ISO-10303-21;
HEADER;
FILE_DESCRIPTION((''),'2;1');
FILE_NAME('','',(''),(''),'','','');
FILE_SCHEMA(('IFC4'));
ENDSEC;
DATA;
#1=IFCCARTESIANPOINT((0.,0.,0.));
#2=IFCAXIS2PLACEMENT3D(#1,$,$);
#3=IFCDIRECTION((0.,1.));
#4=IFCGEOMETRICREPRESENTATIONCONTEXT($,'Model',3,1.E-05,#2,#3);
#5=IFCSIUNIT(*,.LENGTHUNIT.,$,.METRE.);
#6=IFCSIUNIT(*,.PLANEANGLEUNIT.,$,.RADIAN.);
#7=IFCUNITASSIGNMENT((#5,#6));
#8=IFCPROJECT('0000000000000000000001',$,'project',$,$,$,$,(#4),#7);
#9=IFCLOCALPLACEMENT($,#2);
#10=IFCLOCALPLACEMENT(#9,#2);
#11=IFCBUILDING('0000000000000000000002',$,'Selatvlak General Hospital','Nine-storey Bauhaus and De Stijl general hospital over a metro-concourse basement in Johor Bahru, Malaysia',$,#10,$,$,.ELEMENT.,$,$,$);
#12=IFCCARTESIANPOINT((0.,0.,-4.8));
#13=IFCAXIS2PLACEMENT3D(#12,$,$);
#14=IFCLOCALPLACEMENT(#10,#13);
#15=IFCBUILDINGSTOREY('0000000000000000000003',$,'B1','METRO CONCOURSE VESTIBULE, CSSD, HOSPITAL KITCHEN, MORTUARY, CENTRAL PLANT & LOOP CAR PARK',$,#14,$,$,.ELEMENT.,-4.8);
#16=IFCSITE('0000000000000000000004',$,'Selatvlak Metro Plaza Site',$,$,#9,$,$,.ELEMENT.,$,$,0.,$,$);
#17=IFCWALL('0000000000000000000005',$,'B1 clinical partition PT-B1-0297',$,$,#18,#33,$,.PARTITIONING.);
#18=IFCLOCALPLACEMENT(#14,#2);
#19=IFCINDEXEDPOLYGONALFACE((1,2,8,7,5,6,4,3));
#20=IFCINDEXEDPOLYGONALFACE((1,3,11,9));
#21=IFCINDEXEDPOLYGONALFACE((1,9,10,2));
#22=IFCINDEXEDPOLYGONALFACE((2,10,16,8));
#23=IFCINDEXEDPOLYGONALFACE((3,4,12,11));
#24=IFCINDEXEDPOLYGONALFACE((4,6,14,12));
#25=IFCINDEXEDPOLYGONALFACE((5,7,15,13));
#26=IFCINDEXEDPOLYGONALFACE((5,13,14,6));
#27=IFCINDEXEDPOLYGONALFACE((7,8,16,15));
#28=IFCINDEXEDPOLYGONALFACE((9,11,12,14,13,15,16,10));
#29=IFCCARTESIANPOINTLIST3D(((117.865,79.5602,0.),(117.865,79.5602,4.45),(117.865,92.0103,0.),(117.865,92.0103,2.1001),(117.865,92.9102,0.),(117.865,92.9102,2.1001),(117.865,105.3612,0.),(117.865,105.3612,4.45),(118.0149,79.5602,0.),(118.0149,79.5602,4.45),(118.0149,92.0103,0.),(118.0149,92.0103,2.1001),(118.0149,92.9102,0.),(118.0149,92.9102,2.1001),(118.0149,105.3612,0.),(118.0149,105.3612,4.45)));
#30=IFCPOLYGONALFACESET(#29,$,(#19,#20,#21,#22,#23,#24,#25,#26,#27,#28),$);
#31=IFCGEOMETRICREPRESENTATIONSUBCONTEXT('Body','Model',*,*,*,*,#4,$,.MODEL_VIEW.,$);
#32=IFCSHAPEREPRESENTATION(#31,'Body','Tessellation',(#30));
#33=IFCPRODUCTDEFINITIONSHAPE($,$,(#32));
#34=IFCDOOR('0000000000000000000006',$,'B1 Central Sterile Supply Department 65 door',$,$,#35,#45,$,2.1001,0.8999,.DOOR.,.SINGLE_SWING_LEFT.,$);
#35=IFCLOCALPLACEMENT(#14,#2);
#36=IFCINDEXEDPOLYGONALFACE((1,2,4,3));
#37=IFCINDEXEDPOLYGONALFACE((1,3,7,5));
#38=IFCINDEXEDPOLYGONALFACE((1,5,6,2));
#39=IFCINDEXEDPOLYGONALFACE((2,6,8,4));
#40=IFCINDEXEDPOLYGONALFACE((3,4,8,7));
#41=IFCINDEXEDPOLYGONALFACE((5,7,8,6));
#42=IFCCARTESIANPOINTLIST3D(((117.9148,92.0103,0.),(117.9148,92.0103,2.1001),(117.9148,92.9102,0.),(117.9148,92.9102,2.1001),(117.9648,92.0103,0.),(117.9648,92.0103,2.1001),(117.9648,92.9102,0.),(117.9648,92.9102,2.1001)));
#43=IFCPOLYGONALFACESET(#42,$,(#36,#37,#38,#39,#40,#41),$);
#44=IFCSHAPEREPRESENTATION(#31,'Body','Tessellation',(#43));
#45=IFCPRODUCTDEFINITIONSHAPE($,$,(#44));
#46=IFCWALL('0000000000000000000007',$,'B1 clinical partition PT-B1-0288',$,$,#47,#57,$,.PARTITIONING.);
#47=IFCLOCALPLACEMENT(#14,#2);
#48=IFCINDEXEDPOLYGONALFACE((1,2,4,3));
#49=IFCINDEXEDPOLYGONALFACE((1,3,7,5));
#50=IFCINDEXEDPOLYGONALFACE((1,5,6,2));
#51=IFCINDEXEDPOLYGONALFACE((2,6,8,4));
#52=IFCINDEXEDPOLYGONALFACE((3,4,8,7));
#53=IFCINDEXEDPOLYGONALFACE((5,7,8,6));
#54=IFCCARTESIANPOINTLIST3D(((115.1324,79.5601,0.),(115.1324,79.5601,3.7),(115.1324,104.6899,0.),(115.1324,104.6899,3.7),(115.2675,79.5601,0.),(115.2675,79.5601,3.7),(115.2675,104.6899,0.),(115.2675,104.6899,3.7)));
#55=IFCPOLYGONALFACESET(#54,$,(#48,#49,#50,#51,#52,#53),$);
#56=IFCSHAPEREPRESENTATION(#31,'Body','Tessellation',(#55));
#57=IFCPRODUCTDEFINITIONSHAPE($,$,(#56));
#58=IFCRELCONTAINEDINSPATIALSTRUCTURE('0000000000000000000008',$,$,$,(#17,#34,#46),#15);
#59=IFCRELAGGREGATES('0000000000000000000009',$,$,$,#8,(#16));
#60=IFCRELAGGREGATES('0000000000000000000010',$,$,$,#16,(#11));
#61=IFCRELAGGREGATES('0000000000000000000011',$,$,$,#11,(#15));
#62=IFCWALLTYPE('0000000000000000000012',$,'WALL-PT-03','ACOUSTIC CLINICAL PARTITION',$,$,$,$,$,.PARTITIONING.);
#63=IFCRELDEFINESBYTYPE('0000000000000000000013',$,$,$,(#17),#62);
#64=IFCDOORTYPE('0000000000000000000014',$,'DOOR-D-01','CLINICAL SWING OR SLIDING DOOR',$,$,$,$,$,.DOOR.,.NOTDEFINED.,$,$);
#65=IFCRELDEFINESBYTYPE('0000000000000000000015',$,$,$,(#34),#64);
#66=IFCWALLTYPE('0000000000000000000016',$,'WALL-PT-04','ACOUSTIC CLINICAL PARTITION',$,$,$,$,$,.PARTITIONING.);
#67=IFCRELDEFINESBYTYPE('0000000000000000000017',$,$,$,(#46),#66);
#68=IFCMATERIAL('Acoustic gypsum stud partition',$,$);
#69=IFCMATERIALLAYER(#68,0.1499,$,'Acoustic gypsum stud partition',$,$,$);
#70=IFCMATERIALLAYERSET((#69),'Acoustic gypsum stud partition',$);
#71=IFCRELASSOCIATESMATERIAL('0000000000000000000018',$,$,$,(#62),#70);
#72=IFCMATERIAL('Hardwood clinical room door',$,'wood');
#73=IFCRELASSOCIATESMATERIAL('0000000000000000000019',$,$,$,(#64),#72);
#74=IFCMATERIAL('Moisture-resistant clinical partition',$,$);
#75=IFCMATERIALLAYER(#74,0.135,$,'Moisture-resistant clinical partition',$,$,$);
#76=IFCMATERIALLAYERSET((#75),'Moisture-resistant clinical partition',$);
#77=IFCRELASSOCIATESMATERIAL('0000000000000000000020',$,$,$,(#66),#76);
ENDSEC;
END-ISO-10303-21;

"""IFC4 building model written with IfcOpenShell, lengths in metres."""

from ifc_helpers import new_model, si_unit, direction, frame, frame_2d, origin, place, context, subcontext, project, spatial, rectangle, extrude, material, layer, layer_set, type_object, element, fill, save


model = new_model("IFC4")

# Units and contexts
model_context = context("Model", 3, precision=1e-05, world=origin(), true_north=direction((0.0, 1.0)))
body_context = subcontext(model_context, "Body", "Model", "MODEL_VIEW")
ifc_project = project(units=[si_unit("LENGTHUNIT", "METRE"), si_unit("PLANEANGLEUNIT", "RADIAN")], contexts=[model_context])

# Site, building, storey
site_placement = place(None, origin())
site = spatial("IfcSite", under=ifc_project, at=site_placement, Name="Selatvlak Metro Plaza Site", CompositionType="ELEMENT", RefElevation=0.0)
building_placement = place(site_placement, origin())
building = spatial("IfcBuilding", under=site, at=building_placement, Name="Selatvlak General Hospital", Description="Nine-storey Bauhaus and De Stijl general hospital over a metro-concourse basement in Johor Bahru, Malaysia", CompositionType="ELEMENT")
storey_placement = place(building_placement, frame((0.0, 0.0, -4.8)))
storey = spatial("IfcBuildingStorey", under=building, at=storey_placement, Name="B1", Description="METRO CONCOURSE VESTIBULE, CSSD, HOSPITAL KITCHEN, MORTUARY, CENTRAL PLANT & LOOP CAR PARK", CompositionType="ELEMENT", Elevation=-4.8)

# Shared definitions
ifc_material_1 = material(Name="Acoustic gypsum stud partition")

# Wall, opening, door
ifc_layer_1 = layer(ifc_material_1, 0.1499, Name="Acoustic gypsum stud partition")
ifc_layer_set_1 = layer_set([ifc_layer_1], Name="Acoustic gypsum stud partition")
wall_type_1 = type_object("IfcWallType", Name="WALL-PT-03", Description="ACOUSTIC CLINICAL PARTITION", PredefinedType="PARTITIONING", material=ifc_layer_set_1)
wall_1_placement = place(storey_placement, frame((117.9399, 105.3611, 0.0), z_axis=(0.0, 0.0, 1.0), x_axis=(0.0, -1.0, 0.0)))
wall_1 = element("IfcWall", 1, at=wall_1_placement, inside=storey, type_object=wall_type_1, Name="B1 clinical partition PT-B1-0297", PredefinedType="PARTITIONING", context=body_context, shape_type="SweptSolid", body=[
    extrude(rectangle(XDim=25.801, YDim=0.1499, at=frame_2d((12.9004, 0.0))), origin(), (0.0, 0.0, 1.0), 4.45),
])
opening_placement = place(wall_1_placement, frame((12.4509, 0.0, 0.0)))
opening = element("IfcOpeningElement", 2, at=opening_placement, cuts=wall_1, PredefinedType="OPENING", context=body_context, shape_type="SweptSolid", body=[
    extrude(rectangle(XDim=0.8999, YDim=2.1001, at=frame_2d((0.45, 1.05))), frame((0.0, 0.085, 0.0), z_axis=(0.0, -1.0, 0.0), x_axis=(1.0, 0.0, 0.0)), (0.0, 0.0, 1.0), 0.1699),
])
ifc_material_2 = material(Name="Hardwood clinical room door", Category="wood")
door_type = type_object("IfcDoorType", Name="DOOR-D-01", Description="CLINICAL SWING OR SLIDING DOOR", OperationType="NOTDEFINED", PredefinedType="DOOR", material=ifc_material_2)
door_placement = place(opening_placement, origin())
door = element("IfcDoor", 3, at=door_placement, inside=storey, type_object=door_type, Name="B1 Central Sterile Supply Department 65 door", OperationType="SINGLE_SWING_LEFT", OverallHeight=2.1001, OverallWidth=0.8999, PredefinedType="DOOR", context=body_context, shape_type="SweptSolid", body=[
    extrude(rectangle(XDim=0.8999, YDim=2.1001, at=frame_2d((0.45, 1.05))), frame((0.0, 0.0249, 0.0), z_axis=(0.0, -1.0, 0.0), x_axis=(1.0, 0.0, 0.0)), (0.0, 0.0, 1.0), 0.05),
])
fill(opening, door)

# Wall
ifc_material_3 = material(Name="Moisture-resistant clinical partition")
ifc_layer_2 = layer(ifc_material_3, 0.135, Name="Moisture-resistant clinical partition")
ifc_layer_set_2 = layer_set([ifc_layer_2], Name="Moisture-resistant clinical partition")
wall_type_2 = type_object("IfcWallType", Name="WALL-PT-04", Description="ACOUSTIC CLINICAL PARTITION", PredefinedType="PARTITIONING", material=ifc_layer_set_2)
wall_2_placement = place(storey_placement, frame((115.2, 104.6899, 0.0), z_axis=(0.0, 0.0, 1.0), x_axis=(0.0, -1.0, 0.0)))
element("IfcWall", 4, at=wall_2_placement, inside=storey, type_object=wall_type_2, Name="B1 clinical partition PT-B1-0288", PredefinedType="PARTITIONING", context=body_context, shape_type="SweptSolid", body=[
    extrude(rectangle(XDim=25.1299, YDim=0.135, at=frame_2d((12.5649, 0.0))), origin(), (0.0, 0.0, 1.0), 3.7),
])

save(model, "model.ifc")
